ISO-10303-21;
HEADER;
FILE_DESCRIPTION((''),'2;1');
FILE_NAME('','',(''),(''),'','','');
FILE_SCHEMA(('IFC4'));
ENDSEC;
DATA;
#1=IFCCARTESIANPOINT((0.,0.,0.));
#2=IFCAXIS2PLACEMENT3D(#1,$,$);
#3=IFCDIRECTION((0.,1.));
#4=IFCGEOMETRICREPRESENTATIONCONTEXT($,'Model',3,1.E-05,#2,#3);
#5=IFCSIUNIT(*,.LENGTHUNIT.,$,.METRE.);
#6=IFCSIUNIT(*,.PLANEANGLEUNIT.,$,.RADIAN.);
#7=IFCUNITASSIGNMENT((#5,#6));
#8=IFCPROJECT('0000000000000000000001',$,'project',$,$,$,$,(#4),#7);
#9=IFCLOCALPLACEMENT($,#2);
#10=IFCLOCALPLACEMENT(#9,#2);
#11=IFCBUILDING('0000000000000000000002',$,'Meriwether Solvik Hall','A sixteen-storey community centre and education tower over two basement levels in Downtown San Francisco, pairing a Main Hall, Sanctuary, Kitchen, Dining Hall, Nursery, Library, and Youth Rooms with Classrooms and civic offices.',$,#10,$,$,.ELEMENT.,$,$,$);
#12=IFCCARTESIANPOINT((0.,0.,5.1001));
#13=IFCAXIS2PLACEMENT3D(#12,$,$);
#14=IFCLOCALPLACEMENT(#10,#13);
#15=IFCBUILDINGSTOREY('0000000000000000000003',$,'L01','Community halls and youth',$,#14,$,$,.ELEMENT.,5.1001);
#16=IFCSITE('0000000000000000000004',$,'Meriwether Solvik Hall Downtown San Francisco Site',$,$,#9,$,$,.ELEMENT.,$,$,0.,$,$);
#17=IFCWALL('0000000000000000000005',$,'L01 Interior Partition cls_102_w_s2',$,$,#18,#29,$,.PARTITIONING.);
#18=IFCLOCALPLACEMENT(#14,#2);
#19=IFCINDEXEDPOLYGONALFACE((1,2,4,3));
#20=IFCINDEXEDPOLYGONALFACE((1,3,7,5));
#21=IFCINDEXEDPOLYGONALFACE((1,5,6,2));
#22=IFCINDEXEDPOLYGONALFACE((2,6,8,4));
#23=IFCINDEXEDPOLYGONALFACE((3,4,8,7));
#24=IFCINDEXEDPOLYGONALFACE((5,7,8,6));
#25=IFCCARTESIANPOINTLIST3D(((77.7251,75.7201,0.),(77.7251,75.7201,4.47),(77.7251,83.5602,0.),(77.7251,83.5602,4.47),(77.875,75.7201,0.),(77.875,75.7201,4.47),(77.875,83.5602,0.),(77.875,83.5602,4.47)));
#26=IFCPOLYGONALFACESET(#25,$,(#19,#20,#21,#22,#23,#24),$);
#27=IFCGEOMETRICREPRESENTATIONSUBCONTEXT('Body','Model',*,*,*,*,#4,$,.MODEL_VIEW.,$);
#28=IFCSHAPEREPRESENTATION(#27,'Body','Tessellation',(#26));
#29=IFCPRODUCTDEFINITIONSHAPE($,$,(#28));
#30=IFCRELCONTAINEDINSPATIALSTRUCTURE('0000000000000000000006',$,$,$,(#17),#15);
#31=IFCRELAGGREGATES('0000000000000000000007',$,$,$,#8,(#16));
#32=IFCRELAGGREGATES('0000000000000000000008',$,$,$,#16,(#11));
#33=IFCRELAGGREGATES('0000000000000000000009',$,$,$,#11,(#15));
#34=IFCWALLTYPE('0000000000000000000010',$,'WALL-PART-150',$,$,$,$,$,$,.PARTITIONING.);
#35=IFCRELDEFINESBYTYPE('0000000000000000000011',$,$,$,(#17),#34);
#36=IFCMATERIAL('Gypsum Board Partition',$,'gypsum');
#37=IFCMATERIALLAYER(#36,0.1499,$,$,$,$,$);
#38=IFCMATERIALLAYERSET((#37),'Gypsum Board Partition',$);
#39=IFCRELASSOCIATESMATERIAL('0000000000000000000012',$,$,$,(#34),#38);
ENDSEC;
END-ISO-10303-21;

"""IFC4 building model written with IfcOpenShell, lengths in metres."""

from ifc_helpers import new_model, si_unit, direction, frame, frame_2d, origin, place, context, subcontext, project, spatial, rectangle, extrude, material, layer, layer_set, type_object, element, save


model = new_model("IFC4")

# Units and contexts
model_context = context("Model", 3, precision=1e-05, world=origin(), true_north=direction((0.0, 1.0)))
body_context = subcontext(model_context, "Body", "Model", "MODEL_VIEW")
ifc_project = project(units=[si_unit("LENGTHUNIT", "METRE"), si_unit("PLANEANGLEUNIT", "RADIAN")], contexts=[model_context])

# Site, building, storey
site_placement = place(None, origin())
site = spatial("IfcSite", under=ifc_project, at=site_placement, Name="Meriwether Solvik Hall Downtown San Francisco Site", CompositionType="ELEMENT", RefElevation=0.0)
building_placement = place(site_placement, origin())
building = spatial("IfcBuilding", under=site, at=building_placement, Name="Meriwether Solvik Hall", Description="A sixteen-storey community centre and education tower over two basement levels in Downtown San Francisco, pairing a Main Hall, Sanctuary, Kitchen, Dining Hall, Nursery, Library, and Youth Rooms with Classrooms and civic offices.", CompositionType="ELEMENT")
storey_placement = place(building_placement, frame((0.0, 0.0, 5.1001)))
storey = spatial("IfcBuildingStorey", under=building, at=storey_placement, Name="L01", Description="Community halls and youth", CompositionType="ELEMENT", Elevation=5.1001)

# Wall
ifc_material_1 = material(Name="Gypsum Board Partition", Category="gypsum")
ifc_layer_1 = layer(ifc_material_1, 0.1499)
ifc_layer_set_1 = layer_set([ifc_layer_1], Name="Gypsum Board Partition")
wall_type_1 = type_object("IfcWallType", Name="WALL-PART-150", PredefinedType="PARTITIONING", material=ifc_layer_set_1)
wall_1_placement = place(storey_placement, frame((77.8, 83.5601, 0.0), z_axis=(0.0, 0.0, 1.0), x_axis=(0.0, -1.0, 0.0)))
element("IfcWall", 1, at=wall_1_placement, inside=storey, type_object=wall_type_1, Name="L01 Interior Partition cls_102_w_s2", PredefinedType="PARTITIONING", context=body_context, shape_type="SweptSolid", body=[
    extrude(rectangle(XDim=7.8401, YDim=0.1499, at=frame_2d((3.9199, 0.0))), origin(), (0.0, 0.0, 1.0), 4.47),
])

save(model, "model.ifc")
